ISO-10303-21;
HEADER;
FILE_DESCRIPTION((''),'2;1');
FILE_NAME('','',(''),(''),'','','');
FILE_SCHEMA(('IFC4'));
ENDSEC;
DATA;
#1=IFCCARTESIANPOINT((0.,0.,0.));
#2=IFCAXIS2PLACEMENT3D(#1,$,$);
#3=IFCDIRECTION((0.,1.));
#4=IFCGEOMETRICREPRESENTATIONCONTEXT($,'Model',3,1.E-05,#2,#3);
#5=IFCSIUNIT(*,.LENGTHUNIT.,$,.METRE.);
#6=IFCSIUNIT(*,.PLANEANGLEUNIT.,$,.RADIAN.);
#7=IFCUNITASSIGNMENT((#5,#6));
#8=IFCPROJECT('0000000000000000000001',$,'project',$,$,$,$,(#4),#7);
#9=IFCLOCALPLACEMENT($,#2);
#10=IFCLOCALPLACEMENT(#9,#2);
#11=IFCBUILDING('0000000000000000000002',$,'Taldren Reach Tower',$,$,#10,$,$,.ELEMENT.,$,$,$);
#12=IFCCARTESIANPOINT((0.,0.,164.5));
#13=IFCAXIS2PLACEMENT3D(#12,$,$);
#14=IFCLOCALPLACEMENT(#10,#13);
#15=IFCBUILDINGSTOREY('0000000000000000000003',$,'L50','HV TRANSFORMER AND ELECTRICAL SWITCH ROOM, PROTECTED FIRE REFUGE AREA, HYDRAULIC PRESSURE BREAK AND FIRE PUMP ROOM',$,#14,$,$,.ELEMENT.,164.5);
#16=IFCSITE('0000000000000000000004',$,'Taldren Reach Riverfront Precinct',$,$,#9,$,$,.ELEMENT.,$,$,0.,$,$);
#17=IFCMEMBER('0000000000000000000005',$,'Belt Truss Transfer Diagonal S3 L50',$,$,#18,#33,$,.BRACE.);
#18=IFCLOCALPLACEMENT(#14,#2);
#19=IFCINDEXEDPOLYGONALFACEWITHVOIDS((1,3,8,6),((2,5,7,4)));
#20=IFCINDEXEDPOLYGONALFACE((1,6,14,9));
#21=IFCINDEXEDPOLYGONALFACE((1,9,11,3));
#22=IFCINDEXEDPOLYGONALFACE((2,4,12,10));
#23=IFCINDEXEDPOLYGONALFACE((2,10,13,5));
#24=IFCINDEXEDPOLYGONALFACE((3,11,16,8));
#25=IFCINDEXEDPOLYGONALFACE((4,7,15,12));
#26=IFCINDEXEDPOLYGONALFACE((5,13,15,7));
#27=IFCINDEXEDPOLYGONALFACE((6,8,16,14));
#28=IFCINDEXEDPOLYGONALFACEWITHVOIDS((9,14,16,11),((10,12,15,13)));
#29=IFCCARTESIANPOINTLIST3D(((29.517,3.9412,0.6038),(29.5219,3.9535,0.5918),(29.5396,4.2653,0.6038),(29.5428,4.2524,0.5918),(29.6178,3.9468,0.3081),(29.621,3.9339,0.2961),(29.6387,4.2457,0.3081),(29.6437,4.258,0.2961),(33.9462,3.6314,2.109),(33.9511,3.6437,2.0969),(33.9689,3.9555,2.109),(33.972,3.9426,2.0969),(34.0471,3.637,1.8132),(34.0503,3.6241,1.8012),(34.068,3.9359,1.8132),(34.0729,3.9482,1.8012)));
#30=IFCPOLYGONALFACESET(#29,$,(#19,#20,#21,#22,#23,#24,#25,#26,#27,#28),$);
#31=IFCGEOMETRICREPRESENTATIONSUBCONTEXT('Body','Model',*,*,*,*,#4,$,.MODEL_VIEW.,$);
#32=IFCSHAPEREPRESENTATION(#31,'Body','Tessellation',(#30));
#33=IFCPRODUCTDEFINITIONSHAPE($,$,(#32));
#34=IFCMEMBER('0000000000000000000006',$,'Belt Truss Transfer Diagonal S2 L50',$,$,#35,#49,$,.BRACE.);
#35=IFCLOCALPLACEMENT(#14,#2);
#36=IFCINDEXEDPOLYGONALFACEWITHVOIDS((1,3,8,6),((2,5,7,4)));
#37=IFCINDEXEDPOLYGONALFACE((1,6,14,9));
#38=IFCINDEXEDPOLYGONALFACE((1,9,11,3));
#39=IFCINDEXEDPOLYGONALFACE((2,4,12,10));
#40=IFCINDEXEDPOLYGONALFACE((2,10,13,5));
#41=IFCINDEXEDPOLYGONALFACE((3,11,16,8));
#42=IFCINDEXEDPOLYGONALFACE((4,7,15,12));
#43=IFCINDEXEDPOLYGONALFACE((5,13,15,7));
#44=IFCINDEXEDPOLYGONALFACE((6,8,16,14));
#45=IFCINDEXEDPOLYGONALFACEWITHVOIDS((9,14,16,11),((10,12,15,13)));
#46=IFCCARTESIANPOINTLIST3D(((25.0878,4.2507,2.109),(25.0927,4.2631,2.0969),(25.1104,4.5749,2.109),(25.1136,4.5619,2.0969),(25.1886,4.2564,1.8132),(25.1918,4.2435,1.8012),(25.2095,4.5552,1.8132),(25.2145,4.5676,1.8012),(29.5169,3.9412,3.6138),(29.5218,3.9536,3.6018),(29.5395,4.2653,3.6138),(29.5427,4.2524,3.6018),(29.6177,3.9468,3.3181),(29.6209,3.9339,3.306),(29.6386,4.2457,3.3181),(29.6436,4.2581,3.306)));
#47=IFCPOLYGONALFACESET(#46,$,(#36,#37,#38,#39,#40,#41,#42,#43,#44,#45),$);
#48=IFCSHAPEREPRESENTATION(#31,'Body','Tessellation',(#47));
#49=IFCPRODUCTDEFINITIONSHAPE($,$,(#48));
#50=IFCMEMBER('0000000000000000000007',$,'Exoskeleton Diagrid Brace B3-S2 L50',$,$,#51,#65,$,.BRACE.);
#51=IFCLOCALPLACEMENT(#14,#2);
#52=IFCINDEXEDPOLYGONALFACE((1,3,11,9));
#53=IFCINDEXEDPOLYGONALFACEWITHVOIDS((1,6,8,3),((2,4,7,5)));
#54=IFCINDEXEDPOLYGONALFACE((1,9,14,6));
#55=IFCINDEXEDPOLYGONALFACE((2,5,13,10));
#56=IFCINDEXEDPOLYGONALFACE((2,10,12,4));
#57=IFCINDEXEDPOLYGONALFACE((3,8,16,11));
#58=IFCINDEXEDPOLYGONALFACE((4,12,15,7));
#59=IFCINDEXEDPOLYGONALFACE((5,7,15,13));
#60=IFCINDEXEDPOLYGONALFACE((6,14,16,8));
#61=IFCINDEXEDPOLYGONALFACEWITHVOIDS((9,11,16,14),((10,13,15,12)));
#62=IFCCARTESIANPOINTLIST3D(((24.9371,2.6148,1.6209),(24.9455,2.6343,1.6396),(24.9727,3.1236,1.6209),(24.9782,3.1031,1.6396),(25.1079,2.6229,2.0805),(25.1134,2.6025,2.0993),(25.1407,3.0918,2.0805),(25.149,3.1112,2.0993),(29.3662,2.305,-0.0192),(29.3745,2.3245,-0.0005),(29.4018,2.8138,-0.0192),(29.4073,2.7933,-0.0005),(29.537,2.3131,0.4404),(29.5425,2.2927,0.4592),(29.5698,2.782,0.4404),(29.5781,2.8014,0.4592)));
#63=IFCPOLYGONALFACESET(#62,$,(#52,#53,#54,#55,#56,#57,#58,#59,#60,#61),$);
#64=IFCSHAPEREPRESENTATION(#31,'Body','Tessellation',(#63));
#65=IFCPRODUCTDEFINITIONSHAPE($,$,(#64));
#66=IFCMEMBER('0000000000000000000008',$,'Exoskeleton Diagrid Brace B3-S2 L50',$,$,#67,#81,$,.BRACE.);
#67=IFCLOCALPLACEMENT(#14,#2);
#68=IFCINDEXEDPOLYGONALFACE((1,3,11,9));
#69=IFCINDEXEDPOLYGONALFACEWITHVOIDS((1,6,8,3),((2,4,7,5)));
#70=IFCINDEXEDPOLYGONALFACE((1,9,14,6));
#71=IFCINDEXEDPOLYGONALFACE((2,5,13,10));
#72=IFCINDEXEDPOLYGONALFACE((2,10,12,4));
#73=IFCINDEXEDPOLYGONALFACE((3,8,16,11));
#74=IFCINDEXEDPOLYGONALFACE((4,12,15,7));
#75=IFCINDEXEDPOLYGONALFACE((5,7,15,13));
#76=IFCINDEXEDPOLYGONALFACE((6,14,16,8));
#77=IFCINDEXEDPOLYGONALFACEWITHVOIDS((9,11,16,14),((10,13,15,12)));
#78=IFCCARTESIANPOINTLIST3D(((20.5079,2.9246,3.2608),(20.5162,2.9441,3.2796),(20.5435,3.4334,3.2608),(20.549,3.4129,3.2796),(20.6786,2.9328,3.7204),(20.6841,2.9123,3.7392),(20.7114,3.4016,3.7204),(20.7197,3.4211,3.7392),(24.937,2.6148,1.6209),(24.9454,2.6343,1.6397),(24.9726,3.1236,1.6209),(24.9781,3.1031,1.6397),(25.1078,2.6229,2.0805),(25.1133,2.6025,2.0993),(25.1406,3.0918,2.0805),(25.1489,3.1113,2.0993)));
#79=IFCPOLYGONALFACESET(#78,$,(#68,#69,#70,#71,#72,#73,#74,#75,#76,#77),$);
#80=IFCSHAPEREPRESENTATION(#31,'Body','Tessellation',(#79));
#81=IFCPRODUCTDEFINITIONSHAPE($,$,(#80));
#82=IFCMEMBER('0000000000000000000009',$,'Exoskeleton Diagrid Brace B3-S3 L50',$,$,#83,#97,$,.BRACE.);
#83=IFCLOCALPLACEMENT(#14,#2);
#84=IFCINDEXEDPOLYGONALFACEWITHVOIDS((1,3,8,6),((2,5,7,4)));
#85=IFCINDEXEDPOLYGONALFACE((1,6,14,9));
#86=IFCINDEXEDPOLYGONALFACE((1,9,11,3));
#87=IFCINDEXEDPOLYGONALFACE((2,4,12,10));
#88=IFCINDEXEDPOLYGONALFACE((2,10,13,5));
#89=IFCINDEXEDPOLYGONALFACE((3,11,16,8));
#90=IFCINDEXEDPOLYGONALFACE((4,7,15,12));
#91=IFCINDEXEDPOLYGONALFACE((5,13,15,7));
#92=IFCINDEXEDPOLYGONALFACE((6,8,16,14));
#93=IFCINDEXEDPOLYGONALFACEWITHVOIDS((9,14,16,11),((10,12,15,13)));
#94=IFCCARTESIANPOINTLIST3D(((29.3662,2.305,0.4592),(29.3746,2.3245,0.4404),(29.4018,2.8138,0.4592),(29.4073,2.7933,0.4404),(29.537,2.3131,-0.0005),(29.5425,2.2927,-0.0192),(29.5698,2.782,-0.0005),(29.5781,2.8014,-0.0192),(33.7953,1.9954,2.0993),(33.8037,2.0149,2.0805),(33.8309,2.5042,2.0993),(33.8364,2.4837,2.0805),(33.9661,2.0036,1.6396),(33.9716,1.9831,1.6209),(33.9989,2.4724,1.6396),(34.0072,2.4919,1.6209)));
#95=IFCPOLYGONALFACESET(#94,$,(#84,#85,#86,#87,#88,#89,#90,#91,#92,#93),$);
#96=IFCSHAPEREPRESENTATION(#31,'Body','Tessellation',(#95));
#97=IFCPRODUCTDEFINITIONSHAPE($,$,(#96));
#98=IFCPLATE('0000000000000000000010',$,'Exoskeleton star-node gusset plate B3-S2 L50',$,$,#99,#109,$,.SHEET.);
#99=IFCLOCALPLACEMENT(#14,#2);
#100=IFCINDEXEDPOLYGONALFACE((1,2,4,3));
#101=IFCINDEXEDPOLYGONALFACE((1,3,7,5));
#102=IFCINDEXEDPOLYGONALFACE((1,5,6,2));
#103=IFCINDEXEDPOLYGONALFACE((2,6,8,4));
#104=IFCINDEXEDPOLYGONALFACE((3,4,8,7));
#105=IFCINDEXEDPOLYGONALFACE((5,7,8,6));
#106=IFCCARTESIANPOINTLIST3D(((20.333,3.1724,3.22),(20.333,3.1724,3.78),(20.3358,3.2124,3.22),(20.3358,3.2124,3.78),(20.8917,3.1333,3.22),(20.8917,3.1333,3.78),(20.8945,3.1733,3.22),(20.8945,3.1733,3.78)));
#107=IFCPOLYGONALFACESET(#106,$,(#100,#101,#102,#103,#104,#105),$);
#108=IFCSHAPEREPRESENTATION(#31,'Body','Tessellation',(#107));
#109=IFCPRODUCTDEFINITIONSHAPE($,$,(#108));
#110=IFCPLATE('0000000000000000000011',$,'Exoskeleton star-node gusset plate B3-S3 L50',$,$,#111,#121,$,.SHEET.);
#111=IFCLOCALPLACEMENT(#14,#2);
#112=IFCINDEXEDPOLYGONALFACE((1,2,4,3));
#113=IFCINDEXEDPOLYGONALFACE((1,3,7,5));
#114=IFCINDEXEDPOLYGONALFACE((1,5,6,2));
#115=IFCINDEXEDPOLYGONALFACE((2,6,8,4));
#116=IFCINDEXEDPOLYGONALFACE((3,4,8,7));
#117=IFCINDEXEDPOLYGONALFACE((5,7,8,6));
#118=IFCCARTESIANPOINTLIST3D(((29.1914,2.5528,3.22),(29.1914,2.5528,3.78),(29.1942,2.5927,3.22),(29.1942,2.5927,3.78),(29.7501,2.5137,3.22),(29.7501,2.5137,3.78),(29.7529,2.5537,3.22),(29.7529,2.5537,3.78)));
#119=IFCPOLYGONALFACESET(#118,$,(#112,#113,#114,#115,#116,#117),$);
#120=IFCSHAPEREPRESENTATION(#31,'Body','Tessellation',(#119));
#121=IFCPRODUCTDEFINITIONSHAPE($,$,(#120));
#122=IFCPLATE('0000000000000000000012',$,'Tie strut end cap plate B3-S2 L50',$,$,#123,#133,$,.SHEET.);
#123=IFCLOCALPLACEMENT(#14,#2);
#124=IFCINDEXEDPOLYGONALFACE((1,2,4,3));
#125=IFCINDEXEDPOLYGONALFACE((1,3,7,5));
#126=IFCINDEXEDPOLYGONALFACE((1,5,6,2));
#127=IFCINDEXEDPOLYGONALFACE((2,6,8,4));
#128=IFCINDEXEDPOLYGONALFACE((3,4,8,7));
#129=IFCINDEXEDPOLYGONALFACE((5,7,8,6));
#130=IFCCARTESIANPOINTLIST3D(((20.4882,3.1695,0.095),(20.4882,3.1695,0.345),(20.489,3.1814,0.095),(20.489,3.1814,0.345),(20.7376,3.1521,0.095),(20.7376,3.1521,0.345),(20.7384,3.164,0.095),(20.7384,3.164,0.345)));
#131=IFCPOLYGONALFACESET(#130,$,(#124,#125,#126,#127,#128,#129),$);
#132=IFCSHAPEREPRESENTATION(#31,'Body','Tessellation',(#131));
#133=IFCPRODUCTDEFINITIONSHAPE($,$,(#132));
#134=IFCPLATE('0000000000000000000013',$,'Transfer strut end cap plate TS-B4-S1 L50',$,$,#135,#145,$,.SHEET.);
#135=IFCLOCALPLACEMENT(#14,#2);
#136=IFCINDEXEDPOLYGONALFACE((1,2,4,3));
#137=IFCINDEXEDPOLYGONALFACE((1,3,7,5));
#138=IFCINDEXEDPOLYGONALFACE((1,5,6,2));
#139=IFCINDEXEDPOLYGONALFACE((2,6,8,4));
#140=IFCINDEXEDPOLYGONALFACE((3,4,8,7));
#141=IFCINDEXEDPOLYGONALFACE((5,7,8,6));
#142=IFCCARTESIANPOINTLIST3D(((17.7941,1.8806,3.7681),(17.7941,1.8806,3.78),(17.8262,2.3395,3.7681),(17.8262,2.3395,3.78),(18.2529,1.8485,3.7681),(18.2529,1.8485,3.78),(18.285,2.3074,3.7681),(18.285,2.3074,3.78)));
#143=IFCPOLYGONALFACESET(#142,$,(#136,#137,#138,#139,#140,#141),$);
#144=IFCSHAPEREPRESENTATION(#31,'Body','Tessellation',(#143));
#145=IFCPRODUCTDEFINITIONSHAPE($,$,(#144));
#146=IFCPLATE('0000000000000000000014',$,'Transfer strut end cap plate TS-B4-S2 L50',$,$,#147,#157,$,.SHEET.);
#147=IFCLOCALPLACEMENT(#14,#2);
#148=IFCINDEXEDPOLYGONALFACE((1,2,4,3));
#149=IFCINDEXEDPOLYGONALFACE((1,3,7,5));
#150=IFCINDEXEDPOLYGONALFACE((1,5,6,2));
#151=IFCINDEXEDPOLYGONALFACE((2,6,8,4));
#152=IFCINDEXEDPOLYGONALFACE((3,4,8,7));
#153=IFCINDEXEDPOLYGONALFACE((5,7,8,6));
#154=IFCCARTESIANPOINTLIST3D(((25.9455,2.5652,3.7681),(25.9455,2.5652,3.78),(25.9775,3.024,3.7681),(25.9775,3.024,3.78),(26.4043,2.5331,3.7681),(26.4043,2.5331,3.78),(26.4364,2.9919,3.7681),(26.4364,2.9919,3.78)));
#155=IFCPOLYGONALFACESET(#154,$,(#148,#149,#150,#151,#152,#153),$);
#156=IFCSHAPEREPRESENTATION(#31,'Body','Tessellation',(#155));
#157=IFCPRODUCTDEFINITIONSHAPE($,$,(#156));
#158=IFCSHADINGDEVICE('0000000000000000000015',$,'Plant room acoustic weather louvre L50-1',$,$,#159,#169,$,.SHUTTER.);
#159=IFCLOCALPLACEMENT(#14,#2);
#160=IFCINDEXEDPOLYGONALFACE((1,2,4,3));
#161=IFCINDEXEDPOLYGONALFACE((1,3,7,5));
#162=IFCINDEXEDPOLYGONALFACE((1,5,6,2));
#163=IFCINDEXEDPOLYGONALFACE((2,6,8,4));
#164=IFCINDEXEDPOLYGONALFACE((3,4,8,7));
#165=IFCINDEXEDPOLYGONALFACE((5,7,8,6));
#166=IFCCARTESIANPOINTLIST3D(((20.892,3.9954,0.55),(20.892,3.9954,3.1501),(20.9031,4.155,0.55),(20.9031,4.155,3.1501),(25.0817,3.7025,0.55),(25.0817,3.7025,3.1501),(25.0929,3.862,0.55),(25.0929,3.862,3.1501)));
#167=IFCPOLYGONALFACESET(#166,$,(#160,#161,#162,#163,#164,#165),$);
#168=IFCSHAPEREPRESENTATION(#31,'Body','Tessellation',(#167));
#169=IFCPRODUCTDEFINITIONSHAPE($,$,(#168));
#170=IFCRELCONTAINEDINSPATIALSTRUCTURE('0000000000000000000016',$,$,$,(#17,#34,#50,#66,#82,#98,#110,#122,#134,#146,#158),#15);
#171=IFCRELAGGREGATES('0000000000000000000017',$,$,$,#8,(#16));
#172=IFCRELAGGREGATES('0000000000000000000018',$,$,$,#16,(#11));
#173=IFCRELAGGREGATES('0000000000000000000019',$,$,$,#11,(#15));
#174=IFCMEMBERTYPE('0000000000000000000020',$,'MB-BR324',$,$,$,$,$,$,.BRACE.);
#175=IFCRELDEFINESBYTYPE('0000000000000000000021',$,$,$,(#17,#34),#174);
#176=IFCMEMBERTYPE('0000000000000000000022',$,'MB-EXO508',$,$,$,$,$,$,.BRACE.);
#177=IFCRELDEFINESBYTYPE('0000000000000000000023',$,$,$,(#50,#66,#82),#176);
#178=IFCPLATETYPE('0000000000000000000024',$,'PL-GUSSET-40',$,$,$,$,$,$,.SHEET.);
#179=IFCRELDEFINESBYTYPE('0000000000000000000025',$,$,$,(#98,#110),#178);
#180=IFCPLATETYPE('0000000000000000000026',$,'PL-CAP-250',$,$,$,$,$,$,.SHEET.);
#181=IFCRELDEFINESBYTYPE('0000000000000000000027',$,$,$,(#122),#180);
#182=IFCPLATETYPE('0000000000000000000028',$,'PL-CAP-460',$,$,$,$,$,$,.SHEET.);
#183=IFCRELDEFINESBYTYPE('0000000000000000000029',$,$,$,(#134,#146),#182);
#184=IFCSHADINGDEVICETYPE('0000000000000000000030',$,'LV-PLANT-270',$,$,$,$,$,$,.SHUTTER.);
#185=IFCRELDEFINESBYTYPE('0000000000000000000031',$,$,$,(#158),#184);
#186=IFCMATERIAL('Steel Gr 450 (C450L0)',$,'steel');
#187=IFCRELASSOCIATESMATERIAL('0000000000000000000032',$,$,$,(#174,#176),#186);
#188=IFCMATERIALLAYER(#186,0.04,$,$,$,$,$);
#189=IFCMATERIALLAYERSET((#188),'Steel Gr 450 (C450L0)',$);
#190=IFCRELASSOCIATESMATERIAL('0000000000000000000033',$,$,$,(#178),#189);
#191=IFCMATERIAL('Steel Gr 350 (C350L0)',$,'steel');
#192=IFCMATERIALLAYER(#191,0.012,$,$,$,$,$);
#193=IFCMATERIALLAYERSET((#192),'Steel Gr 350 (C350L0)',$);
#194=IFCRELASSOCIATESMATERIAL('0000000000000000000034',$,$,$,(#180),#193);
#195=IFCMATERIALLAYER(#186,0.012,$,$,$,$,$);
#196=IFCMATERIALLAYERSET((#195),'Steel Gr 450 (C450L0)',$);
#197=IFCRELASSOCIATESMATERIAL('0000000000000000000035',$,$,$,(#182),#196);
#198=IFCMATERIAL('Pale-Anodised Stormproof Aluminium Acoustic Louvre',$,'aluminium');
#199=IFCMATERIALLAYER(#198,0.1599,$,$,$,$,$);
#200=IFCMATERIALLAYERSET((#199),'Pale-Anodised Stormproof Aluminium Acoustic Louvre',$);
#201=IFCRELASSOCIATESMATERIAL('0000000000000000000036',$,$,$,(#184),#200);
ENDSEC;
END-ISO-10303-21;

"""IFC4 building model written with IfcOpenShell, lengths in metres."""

from ifc_helpers import new_model, si_unit, direction, frame, origin, origin_2d, place, context, subcontext, project, spatial, rectangle, hollow_rectangle, extrude, source, transform, mapped, material, layer, layer_set, material_profile, profile_set, type_object, element, save


model = new_model("IFC4")

# Units and contexts
model_context = context("Model", 3, precision=1e-05, world=origin(), true_north=direction((0.0, 1.0)))
body_context = subcontext(model_context, "Body", "Model", "MODEL_VIEW")
ifc_project = project(units=[si_unit("LENGTHUNIT", "METRE"), si_unit("PLANEANGLEUNIT", "RADIAN")], contexts=[model_context])

# Site, building, storey
site_placement = place(None, origin())
site = spatial("IfcSite", under=ifc_project, at=site_placement, Name="Taldren Reach Riverfront Precinct", CompositionType="ELEMENT", RefElevation=0.0)
building_placement = place(site_placement, origin())
building = spatial("IfcBuilding", under=site, at=building_placement, Name="Taldren Reach Tower", CompositionType="ELEMENT")
storey_placement = place(building_placement, frame((0.0, 0.0, 164.5)))
storey = spatial("IfcBuildingStorey", under=building, at=storey_placement, Name="L50", Description="HV TRANSFORMER AND ELECTRICAL SWITCH ROOM, PROTECTED FIRE REFUGE AREA, HYDRAULIC PRESSURE BREAK AND FIRE PUMP ROOM", CompositionType="ELEMENT", Elevation=164.5)

# Shared definitions
ifc_material_1 = material(Name="Steel Gr 450 (C450L0)", Category="steel")
ifc_material_2 = material(Name="Steel Gr 350 (C350L0)", Category="steel")

# Members
ifc_material_profile_1 = material_profile(ifc_material_1, hollow_rectangle(XDim=0.325, YDim=0.325, WallThickness=0.0127, at=origin_2d()), Name="325x325x12.7SHS")
ifc_profile_set_1 = profile_set([ifc_material_profile_1], Name="Steel Gr 450 (C450L0)")
member_type_1 = type_object("IfcMemberType", Name="MB-BR324", PredefinedType="BRACE", material=ifc_profile_set_1)
shared_shape_1 = source(origin(), body_context, "Body", "SweptSolid", [
    extrude(hollow_rectangle(XDim=0.325, YDim=0.325, WallThickness=0.0127, at=origin_2d()), origin(), (0.0, 0.0, 1.0), 4.6882),
])
for number, where, z_axis, x_axis, name in (
    (1, (29.5803, 4.0996, 0.45), (0.944755, -0.066084, 0.321046), (0.069778, 0.997563, 0.0), "Belt Truss Transfer Diagonal S3 L50"),
):
    element("IfcMember", number, at=place(storey_placement, frame(where, z_axis=z_axis, x_axis=x_axis)), inside=storey, type_object=member_type_1, Name=name, PredefinedType="BRACE", context=body_context, shape_type="MappedRepresentation", body=[
        mapped(shared_shape_1, transform((0.0, 0.0, 0.0), scale=1.0)),
    ])
shared_shape_2 = source(origin(), body_context, "Body", "SweptSolid", [
    extrude(hollow_rectangle(XDim=0.325, YDim=0.325, WallThickness=0.0127, at=origin_2d()), origin(), (0.0, 0.0, 1.0), 4.688),
])
member_1_placement = place(storey_placement, frame((25.1511, 4.4092, 1.9551), z_axis=(0.944774, -0.066033, 0.321), x_axis=(0.069723, 0.997566, 0.0)))
element("IfcMember", 2, at=member_1_placement, inside=storey, type_object=member_type_1, Name="Belt Truss Transfer Diagonal S2 L50", PredefinedType="BRACE", context=body_context, shape_type="MappedRepresentation", body=[
    mapped(shared_shape_2, transform((0.0, 0.0, 0.0), scale=1.0)),
])
ifc_material_profile_2 = material_profile(ifc_material_1, hollow_rectangle(XDim=0.51, YDim=0.51, WallThickness=0.02, at=origin_2d()), Name="510x510x20.0SHS")
ifc_profile_set_2 = profile_set([ifc_material_profile_2], Name="Steel Gr 450 (C450L0)")
member_type_2 = type_object("IfcMemberType", Name="MB-EXO508", PredefinedType="BRACE", material=ifc_profile_set_2)
shared_shape_3 = source(origin(), body_context, "Body", "SweptSolid", [
    extrude(hollow_rectangle(XDim=0.51, YDim=0.51, WallThickness=0.02, at=origin_2d()), origin(), (0.0, 0.0, 1.0), 4.7332),
])
for number, where, z_axis, x_axis, name in (
    (3, (29.4722, 2.5532, 0.22), (-0.935759, 0.065455, 0.346512), (-0.069778, -0.997563, 0.0), "Exoskeleton Diagrid Brace B3-S2 L50"),
    (4, (25.043, 2.863, 1.8601), (-0.935776, 0.065456, 0.346467), (-0.069778, -0.997563, 0.0), "Exoskeleton Diagrid Brace B3-S2 L50"),
    (5, (29.4722, 2.5532, 0.22), (0.935762, -0.065403, 0.346514), (0.069723, 0.997566, 0.0), "Exoskeleton Diagrid Brace B3-S3 L50"),
):
    element("IfcMember", number, at=place(storey_placement, frame(where, z_axis=z_axis, x_axis=x_axis)), inside=storey, type_object=member_type_2, Name=name, PredefinedType="BRACE", context=body_context, shape_type="MappedRepresentation", body=[
        mapped(shared_shape_3, transform((0.0, 0.0, 0.0), scale=1.0)),
    ])

# Plates
ifc_layer_1 = layer(ifc_material_1, 0.04)
ifc_layer_set_1 = layer_set([ifc_layer_1], Name="Steel Gr 450 (C450L0)")
plate_type_1 = type_object("IfcPlateType", Name="PL-GUSSET-40", PredefinedType="SHEET", material=ifc_layer_set_1)
shared_shape_4 = source(origin(), body_context, "Body", "SweptSolid", [
    extrude(rectangle(XDim=0.5601, YDim=0.04, at=origin_2d()), origin(), (0.0, 0.0, 1.0), 0.5601),
])
for number, where, z_axis, x_axis, name in (
    (6, (20.6138, 3.1729, 3.22), (0.0, 0.0, 1.0), (0.997564, -0.069756, 0.0), "Exoskeleton star-node gusset plate B3-S2 L50"),
    (7, (29.4722, 2.5532, 3.22), (0.0, 0.0, 1.0), (0.997564, -0.069756, 0.0), "Exoskeleton star-node gusset plate B3-S3 L50"),
):
    element("IfcPlate", number, at=place(storey_placement, frame(where, z_axis=z_axis, x_axis=x_axis)), inside=storey, type_object=plate_type_1, Name=name, PredefinedType="SHEET", context=body_context, shape_type="MappedRepresentation", body=[
        mapped(shared_shape_4, transform((0.0, 0.0, 0.0), scale=1.0)),
    ])
ifc_layer_2 = layer(ifc_material_2, 0.012)
ifc_layer_set_2 = layer_set([ifc_layer_2], Name="Steel Gr 350 (C350L0)")
plate_type_2 = type_object("IfcPlateType", Name="PL-CAP-250", PredefinedType="SHEET", material=ifc_layer_set_2)
shared_shape_5 = source(origin(), body_context, "Body", "SweptSolid", [
    extrude(rectangle(XDim=0.25, YDim=0.012, at=origin_2d()), origin(), (0.0, 0.0, 1.0), 0.25),
])
plate_placement = place(storey_placement, frame((20.6133, 3.1667, 0.095), z_axis=(0.0, 0.0, 1.0), x_axis=(0.997564, -0.069756, 0.0)))
element("IfcPlate", 8, at=plate_placement, inside=storey, type_object=plate_type_2, Name="Tie strut end cap plate B3-S2 L50", PredefinedType="SHEET", context=body_context, shape_type="MappedRepresentation", body=[
    mapped(shared_shape_5, transform((0.0, 0.0, 0.0), scale=1.0)),
])
ifc_layer_3 = layer(ifc_material_1, 0.012)
ifc_layer_set_3 = layer_set([ifc_layer_3], Name="Steel Gr 450 (C450L0)")
plate_type_3 = type_object("IfcPlateType", Name="PL-CAP-460", PredefinedType="SHEET", material=ifc_layer_set_3)
shared_shape_6 = source(origin(), body_context, "Body", "SweptSolid", [
    extrude(rectangle(XDim=0.46, YDim=0.46, at=origin_2d()), origin(), (0.0, 0.0, 1.0), 0.012),
])
for number, where, z_axis, x_axis, name in (
    (9, (18.0396, 2.094, 3.7681), (0.0, 0.0, 1.0), (0.997564, -0.069756, 0.0), "Transfer strut end cap plate TS-B4-S1 L50"),
    (10, (26.1909, 2.7786, 3.7681), (0.0, 0.0, 1.0), (0.997564, -0.069756, 0.0), "Transfer strut end cap plate TS-B4-S2 L50"),
):
    element("IfcPlate", number, at=place(storey_placement, frame(where, z_axis=z_axis, x_axis=x_axis)), inside=storey, type_object=plate_type_3, Name=name, PredefinedType="SHEET", context=body_context, shape_type="MappedRepresentation", body=[
        mapped(shared_shape_6, transform((0.0, 0.0, 0.0), scale=1.0)),
    ])

# Shading device
ifc_material_3 = material(Name="Pale-Anodised Stormproof Aluminium Acoustic Louvre", Category="aluminium")
ifc_layer_4 = layer(ifc_material_3, 0.1599)
ifc_layer_set_4 = layer_set([ifc_layer_4], Name="Pale-Anodised Stormproof Aluminium Acoustic Louvre")
shading_device_type = type_object("IfcShadingDeviceType", Name="LV-PLANT-270", PredefinedType="SHUTTER", material=ifc_layer_set_4)
shared_shape_7 = source(origin(), body_context, "Body", "SweptSolid", [
    extrude(rectangle(XDim=4.2, YDim=0.1599, at=origin_2d()), origin(), (0.0, 0.0, 1.0), 2.6001),
])
shading_device_placement = place(storey_placement, frame((22.9924, 3.9287, 0.55), z_axis=(0.0, 0.0, 1.0), x_axis=(0.997564, -0.069756, 0.0)))
element("IfcShadingDevice", 11, at=shading_device_placement, inside=storey, type_object=shading_device_type, Name="Plant room acoustic weather louvre L50-1", PredefinedType="SHUTTER", context=body_context, shape_type="MappedRepresentation", body=[
    mapped(shared_shape_7, transform((0.0, 0.0, 0.0), scale=1.0)),
])

save(model, "model.ifc")
